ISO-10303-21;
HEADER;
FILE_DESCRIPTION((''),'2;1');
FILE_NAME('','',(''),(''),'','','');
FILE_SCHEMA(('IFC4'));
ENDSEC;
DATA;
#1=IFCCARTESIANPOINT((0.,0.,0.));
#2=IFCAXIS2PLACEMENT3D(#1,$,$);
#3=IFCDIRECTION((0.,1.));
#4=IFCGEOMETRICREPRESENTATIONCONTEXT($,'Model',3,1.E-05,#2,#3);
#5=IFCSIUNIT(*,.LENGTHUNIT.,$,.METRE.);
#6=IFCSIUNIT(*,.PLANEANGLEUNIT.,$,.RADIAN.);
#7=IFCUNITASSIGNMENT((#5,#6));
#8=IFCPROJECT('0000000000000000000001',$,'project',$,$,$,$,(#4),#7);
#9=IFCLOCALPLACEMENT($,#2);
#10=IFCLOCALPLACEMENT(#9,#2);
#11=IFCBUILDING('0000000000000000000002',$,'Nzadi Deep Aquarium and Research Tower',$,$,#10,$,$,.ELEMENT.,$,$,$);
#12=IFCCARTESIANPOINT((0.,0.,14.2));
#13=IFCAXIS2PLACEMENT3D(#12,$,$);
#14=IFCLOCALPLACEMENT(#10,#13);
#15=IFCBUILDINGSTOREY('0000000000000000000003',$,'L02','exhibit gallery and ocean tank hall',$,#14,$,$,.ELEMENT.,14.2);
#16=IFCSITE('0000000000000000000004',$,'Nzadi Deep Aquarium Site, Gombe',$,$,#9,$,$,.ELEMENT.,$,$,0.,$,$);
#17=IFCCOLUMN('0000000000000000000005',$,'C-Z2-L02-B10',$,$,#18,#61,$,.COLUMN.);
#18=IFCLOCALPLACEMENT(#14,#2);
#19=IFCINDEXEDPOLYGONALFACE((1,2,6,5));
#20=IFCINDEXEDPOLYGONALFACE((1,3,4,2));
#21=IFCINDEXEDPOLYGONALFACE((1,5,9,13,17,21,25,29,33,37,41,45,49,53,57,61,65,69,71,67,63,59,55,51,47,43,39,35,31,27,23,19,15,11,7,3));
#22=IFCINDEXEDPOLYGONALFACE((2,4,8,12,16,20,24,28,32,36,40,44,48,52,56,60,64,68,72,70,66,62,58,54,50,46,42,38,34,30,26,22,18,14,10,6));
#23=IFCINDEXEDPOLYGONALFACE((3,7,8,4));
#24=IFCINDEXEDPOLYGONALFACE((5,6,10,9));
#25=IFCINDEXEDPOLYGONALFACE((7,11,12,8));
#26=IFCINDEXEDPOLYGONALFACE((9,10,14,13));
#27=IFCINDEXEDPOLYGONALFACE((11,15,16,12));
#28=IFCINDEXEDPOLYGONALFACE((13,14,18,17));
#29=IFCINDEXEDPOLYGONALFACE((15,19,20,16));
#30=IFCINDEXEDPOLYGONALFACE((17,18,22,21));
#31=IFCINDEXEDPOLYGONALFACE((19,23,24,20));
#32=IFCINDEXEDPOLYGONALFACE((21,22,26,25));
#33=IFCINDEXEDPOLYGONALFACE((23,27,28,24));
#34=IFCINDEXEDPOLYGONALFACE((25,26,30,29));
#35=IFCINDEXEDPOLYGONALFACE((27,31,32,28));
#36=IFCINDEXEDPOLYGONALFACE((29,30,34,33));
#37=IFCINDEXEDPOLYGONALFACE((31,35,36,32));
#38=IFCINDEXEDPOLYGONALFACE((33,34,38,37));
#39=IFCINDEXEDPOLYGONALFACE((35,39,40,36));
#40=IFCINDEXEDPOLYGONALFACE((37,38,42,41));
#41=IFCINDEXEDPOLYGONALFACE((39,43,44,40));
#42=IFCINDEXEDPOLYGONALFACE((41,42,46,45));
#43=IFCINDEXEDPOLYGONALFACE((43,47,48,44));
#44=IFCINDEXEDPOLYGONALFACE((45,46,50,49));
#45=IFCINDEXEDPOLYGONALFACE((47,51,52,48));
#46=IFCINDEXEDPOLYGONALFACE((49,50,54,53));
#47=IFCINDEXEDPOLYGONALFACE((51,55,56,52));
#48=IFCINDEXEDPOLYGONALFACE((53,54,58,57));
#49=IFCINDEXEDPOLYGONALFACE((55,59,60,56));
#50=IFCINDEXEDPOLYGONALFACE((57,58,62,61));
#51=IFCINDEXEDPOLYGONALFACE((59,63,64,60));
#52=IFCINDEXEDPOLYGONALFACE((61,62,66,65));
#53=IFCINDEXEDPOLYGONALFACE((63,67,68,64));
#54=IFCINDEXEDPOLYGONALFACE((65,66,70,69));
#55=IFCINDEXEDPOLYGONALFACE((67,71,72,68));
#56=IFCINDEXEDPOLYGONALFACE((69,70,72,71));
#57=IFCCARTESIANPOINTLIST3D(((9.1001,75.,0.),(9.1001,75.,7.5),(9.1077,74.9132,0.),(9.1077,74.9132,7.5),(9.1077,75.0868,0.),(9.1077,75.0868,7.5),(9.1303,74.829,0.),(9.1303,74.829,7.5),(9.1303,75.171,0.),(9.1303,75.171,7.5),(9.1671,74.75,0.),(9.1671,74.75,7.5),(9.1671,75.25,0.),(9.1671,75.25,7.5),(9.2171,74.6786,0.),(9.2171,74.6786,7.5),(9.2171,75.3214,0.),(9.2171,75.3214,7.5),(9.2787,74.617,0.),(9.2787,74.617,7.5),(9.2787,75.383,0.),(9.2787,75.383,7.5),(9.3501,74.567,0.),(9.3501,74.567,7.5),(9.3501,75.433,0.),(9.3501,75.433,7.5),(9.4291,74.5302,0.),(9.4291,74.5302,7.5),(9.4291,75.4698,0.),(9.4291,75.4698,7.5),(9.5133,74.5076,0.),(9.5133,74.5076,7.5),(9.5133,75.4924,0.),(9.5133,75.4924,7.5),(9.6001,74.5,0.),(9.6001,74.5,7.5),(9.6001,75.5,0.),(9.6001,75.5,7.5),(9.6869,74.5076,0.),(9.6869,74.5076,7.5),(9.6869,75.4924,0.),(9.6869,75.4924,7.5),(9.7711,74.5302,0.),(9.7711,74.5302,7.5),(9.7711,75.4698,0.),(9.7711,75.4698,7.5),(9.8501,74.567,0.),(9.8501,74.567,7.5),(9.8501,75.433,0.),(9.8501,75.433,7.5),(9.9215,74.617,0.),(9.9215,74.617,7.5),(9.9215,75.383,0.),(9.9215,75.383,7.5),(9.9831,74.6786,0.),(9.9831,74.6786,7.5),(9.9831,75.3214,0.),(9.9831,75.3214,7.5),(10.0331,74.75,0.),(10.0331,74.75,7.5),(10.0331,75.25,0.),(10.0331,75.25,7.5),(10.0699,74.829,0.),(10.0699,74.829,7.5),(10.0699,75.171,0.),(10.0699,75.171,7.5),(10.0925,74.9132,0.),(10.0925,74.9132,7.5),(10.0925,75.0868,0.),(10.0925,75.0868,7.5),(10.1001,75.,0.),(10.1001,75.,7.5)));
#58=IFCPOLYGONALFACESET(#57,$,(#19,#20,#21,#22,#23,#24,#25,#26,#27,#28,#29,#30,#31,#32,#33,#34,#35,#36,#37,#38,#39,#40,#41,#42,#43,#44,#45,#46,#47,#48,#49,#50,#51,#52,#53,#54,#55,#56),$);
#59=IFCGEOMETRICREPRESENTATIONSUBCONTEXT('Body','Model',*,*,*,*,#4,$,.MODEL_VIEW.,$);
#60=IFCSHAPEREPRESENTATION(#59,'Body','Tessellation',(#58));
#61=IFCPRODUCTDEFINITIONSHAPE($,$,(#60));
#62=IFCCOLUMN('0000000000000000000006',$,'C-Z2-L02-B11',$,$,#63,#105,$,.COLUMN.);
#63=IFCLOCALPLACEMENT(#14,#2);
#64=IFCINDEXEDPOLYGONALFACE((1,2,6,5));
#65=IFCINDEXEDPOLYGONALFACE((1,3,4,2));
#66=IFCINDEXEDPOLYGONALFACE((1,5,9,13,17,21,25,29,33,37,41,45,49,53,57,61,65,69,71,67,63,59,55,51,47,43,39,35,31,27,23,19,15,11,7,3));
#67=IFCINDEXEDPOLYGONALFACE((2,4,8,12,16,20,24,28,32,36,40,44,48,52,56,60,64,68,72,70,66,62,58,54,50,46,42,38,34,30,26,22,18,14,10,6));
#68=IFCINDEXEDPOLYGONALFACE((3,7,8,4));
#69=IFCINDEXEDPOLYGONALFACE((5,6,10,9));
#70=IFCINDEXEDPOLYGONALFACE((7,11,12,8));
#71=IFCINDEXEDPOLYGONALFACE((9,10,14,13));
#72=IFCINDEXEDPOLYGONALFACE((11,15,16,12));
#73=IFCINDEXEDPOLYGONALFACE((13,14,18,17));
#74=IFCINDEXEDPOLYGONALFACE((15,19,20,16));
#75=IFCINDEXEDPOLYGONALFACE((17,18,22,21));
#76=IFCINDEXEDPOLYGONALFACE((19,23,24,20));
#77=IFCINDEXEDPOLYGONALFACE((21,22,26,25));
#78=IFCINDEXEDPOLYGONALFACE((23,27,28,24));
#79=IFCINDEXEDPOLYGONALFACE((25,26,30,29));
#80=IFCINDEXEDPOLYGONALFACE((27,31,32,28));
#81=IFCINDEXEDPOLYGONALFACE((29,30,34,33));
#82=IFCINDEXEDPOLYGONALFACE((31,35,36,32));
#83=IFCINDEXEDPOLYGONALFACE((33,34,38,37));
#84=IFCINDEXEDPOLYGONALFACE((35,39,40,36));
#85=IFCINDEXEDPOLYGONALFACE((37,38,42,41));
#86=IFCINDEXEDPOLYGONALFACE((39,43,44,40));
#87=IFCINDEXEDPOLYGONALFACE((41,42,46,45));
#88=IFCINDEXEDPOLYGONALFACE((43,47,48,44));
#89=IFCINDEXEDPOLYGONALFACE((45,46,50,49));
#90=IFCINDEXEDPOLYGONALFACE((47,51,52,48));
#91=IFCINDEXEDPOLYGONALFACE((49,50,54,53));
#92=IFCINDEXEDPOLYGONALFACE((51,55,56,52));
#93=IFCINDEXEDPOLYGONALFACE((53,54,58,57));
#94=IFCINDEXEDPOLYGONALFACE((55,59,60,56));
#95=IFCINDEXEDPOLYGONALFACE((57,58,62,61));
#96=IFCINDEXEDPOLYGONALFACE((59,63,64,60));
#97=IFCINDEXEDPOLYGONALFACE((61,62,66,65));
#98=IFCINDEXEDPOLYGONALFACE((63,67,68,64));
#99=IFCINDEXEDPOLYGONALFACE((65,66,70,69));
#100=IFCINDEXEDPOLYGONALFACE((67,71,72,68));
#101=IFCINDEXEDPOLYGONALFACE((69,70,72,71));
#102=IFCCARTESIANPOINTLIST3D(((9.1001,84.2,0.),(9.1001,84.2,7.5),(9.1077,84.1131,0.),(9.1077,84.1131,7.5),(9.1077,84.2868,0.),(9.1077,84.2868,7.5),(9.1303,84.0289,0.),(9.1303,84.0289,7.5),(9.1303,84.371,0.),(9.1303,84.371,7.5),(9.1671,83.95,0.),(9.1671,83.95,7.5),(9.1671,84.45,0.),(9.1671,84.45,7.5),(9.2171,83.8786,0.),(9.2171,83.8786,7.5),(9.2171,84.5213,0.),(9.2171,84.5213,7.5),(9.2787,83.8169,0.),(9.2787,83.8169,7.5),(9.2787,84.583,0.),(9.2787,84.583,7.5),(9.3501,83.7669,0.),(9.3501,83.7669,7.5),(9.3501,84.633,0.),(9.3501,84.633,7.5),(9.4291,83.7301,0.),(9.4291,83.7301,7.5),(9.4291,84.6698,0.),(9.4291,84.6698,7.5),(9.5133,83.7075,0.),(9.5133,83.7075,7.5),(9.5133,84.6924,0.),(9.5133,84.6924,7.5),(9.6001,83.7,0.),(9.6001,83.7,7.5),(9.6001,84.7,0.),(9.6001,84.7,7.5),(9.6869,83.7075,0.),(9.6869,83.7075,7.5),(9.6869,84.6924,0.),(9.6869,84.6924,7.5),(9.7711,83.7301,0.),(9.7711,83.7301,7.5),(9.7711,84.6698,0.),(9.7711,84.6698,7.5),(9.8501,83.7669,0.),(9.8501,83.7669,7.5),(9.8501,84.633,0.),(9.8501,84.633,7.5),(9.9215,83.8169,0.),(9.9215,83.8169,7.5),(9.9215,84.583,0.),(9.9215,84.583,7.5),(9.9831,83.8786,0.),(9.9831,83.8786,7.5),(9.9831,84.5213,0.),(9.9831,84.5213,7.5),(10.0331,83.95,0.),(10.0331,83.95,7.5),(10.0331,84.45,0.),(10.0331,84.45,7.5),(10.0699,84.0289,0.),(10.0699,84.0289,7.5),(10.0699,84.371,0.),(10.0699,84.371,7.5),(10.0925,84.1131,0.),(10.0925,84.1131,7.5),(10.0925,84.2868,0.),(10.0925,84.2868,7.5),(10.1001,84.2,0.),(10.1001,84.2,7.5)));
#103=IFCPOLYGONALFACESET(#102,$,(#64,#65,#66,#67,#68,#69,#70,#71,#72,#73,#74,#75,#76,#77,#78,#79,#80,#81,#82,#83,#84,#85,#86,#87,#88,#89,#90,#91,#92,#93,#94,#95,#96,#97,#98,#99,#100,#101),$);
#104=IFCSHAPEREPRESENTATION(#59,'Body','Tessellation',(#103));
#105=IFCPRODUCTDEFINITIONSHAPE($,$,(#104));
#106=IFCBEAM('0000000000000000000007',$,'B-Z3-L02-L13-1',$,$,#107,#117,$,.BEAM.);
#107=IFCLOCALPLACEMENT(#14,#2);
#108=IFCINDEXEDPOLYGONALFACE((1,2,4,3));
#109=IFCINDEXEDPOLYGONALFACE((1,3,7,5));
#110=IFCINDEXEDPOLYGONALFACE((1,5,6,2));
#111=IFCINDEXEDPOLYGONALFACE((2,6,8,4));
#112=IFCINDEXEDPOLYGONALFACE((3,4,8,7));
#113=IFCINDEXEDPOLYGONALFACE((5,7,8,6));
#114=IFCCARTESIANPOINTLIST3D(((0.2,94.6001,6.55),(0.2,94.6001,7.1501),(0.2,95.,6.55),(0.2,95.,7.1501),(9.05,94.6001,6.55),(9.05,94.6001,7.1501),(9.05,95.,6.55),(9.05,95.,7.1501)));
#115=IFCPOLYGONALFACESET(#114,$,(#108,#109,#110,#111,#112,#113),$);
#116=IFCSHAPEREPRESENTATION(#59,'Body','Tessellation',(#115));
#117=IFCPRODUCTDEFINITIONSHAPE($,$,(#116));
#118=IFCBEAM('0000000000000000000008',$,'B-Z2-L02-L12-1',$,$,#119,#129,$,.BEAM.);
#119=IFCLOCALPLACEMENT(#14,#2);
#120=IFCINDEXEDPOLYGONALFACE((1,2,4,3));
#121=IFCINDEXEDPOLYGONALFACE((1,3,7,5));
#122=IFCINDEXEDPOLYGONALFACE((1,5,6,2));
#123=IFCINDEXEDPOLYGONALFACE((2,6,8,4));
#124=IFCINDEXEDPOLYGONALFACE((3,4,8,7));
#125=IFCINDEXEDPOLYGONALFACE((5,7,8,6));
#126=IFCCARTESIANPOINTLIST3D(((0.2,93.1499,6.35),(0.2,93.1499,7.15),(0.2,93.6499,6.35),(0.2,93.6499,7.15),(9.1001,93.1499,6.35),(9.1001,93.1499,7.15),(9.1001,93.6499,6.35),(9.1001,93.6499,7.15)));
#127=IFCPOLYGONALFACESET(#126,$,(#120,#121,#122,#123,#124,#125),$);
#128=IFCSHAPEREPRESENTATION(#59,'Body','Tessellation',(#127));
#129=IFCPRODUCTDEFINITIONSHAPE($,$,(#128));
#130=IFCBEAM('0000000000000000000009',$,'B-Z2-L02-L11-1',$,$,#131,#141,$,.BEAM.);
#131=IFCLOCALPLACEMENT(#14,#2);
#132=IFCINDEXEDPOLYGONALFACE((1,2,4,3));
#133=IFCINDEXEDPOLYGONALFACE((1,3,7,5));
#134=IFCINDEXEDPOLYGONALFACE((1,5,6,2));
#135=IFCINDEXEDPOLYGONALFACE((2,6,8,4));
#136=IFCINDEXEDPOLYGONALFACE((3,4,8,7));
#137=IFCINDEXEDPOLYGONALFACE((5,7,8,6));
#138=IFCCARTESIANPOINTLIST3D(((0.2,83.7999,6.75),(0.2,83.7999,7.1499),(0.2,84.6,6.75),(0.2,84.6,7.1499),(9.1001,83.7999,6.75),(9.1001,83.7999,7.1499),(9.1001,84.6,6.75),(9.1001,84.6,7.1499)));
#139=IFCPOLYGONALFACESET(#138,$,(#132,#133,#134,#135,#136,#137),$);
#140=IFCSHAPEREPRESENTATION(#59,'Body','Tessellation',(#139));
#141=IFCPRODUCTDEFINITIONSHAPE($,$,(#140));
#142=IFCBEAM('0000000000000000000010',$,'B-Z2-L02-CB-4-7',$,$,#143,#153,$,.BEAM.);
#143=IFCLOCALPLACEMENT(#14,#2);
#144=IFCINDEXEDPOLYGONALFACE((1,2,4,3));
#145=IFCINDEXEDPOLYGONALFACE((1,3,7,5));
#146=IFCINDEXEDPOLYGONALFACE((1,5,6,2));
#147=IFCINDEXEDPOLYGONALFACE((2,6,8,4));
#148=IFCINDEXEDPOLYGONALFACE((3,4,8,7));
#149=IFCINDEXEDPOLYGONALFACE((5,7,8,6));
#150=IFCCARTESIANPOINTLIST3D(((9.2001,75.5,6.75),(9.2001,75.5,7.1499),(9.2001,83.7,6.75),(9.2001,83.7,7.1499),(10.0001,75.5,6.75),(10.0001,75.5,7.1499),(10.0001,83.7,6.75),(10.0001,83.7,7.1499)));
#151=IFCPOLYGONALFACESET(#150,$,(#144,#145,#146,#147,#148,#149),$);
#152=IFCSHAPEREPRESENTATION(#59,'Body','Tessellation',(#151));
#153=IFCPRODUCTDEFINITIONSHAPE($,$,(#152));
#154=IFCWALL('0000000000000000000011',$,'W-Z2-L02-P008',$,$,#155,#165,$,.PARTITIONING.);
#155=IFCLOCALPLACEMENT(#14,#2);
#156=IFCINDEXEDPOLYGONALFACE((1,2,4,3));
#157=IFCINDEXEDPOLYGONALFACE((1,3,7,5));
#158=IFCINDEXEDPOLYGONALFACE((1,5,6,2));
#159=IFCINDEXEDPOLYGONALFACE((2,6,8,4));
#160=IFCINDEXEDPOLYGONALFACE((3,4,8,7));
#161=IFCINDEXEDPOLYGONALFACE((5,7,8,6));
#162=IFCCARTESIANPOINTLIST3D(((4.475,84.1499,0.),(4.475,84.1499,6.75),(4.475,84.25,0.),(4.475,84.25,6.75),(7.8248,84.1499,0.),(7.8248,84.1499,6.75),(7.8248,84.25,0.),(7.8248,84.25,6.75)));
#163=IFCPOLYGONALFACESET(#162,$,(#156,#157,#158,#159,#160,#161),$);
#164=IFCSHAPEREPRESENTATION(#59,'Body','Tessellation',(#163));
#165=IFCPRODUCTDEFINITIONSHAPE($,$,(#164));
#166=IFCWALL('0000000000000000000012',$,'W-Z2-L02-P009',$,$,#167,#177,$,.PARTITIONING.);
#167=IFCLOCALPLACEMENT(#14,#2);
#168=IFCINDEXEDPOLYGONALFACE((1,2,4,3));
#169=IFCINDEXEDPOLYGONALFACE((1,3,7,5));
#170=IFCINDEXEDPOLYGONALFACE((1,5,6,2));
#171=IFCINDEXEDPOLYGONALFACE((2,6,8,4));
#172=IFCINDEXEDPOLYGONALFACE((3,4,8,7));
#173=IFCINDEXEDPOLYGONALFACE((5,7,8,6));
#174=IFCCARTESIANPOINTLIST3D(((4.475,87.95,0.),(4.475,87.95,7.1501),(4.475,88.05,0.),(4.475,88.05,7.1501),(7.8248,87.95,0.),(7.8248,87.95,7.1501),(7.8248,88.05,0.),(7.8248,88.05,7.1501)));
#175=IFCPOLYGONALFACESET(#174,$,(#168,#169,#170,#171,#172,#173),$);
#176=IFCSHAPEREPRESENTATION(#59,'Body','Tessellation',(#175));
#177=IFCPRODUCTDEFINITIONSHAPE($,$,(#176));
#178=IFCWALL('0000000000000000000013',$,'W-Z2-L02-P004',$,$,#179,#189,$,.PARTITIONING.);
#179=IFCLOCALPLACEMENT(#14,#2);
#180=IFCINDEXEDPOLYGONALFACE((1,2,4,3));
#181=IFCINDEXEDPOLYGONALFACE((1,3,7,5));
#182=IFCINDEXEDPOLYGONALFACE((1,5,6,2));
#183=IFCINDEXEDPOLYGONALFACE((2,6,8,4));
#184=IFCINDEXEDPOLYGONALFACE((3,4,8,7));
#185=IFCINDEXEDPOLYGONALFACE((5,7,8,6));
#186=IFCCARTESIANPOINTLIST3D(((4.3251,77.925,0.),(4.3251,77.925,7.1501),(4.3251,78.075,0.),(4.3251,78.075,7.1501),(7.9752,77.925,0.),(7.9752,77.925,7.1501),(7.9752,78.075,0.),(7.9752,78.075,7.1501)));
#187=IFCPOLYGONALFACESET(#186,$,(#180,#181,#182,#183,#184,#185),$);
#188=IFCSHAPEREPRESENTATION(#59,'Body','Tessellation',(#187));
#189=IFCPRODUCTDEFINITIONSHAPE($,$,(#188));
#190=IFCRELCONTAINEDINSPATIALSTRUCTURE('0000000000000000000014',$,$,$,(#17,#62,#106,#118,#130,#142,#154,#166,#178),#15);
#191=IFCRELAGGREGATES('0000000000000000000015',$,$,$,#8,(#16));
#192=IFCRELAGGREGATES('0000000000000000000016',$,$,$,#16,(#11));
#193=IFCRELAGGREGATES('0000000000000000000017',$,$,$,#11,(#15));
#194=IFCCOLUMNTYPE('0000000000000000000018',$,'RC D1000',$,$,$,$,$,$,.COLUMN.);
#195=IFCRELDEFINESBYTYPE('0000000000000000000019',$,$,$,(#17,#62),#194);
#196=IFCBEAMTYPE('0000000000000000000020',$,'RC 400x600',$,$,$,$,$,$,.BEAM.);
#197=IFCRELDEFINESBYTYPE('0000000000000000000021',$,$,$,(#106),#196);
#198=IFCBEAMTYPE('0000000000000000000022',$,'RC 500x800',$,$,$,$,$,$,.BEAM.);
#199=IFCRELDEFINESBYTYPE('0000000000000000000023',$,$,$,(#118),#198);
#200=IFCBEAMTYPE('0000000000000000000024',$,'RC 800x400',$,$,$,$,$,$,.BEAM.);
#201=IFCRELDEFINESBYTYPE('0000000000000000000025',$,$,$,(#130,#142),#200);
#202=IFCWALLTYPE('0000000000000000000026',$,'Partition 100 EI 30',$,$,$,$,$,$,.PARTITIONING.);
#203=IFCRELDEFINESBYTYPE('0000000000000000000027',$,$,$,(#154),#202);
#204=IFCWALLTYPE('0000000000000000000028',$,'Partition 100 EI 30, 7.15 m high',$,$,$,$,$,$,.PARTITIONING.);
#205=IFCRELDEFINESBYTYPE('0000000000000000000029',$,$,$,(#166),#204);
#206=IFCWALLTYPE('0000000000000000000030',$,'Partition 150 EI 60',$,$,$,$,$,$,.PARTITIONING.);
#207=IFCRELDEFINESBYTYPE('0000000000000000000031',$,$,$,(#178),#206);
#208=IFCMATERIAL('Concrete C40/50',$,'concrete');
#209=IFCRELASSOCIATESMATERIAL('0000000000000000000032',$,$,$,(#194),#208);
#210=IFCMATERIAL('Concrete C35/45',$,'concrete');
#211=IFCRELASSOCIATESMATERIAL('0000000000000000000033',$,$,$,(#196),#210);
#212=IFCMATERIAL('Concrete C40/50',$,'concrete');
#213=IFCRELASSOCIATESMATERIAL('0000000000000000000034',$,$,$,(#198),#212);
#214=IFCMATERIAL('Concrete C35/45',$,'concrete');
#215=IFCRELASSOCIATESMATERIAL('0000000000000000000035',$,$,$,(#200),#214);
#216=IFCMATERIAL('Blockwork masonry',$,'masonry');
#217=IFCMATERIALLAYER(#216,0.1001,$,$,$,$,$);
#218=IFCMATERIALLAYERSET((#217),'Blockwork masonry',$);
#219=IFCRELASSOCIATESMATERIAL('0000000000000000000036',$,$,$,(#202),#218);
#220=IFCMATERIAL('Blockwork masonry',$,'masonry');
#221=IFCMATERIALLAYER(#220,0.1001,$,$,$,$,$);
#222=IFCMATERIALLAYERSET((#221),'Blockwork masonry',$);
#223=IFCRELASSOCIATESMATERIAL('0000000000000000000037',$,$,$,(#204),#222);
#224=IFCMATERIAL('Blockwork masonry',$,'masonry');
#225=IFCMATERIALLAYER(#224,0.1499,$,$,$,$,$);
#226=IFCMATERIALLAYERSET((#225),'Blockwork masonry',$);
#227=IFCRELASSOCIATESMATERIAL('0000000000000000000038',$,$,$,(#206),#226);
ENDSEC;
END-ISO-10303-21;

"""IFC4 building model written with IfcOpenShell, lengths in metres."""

from ifc_helpers import new_model, si_unit, direction, frame, frame_2d, origin, origin_2d, place, context, subcontext, project, spatial, rectangle, circle, extrude, material, layer, layer_set, material_profile, profile_set, type_object, element, save


model = new_model("IFC4")

# Units and contexts
model_context = context("Model", 3, precision=1e-05, world=origin(), true_north=direction((0.0, 1.0)))
body_context = subcontext(model_context, "Body", "Model", "MODEL_VIEW")
ifc_project = project(units=[si_unit("LENGTHUNIT", "METRE"), si_unit("PLANEANGLEUNIT", "RADIAN")], contexts=[model_context])

# Site, building, storey
site_placement = place(None, origin())
site = spatial("IfcSite", under=ifc_project, at=site_placement, Name="Nzadi Deep Aquarium Site, Gombe", CompositionType="ELEMENT", RefElevation=0.0)
building_placement = place(site_placement, origin())
building = spatial("IfcBuilding", under=site, at=building_placement, Name="Nzadi Deep Aquarium and Research Tower", CompositionType="ELEMENT")
storey_placement = place(building_placement, frame((0.0, 0.0, 14.2)))
storey = spatial("IfcBuildingStorey", under=building, at=storey_placement, Name="L02", Description="exhibit gallery and ocean tank hall", CompositionType="ELEMENT", Elevation=14.2)

# Columns
ifc_material_1 = material(Name="Concrete C40/50", Category="concrete")
ifc_material_profile_1 = material_profile(ifc_material_1, circle(Radius=0.5, at=origin_2d()))
ifc_profile_set_1 = profile_set([ifc_material_profile_1], Name="Concrete C40/50")
column_type = type_object("IfcColumnType", Name="RC D1000", PredefinedType="COLUMN", material=ifc_profile_set_1)
for number, where, z_axis, x_axis, name in (
    (1, (9.6001, 75.0, 0.0), (0.0, 0.0, 1.0), (1.0, 0.0, 0.0), "C-Z2-L02-B10"),
    (2, (9.6001, 84.2, 0.0), (0.0, 0.0, 1.0), (1.0, 0.0, 0.0), "C-Z2-L02-B11"),
):
    element("IfcColumn", number, at=place(storey_placement, frame(where, z_axis=z_axis, x_axis=x_axis)), inside=storey, type_object=column_type, Name=name, PredefinedType="COLUMN", context=body_context, shape_type="SweptSolid", body=[
        extrude(circle(Radius=0.5, at=origin_2d()), origin(), (0.0, 0.0, 1.0), 7.5),
    ])

# Beams
ifc_material_2 = material(Name="Concrete C35/45", Category="concrete")
ifc_material_profile_2 = material_profile(ifc_material_2, rectangle(XDim=0.3999, YDim=0.6001, at=origin_2d()))
ifc_profile_set_2 = profile_set([ifc_material_profile_2], Name="Concrete C35/45")
beam_type_1 = type_object("IfcBeamType", Name="RC 400x600", PredefinedType="BEAM", material=ifc_profile_set_2)
beam_1_placement = place(storey_placement, frame((0.2, 94.8, 6.8501), z_axis=(1.0, 0.0, 0.0), x_axis=(0.0, 1.0, 0.0)))
element("IfcBeam", 3, at=beam_1_placement, inside=storey, type_object=beam_type_1, Name="B-Z3-L02-L13-1", PredefinedType="BEAM", context=body_context, shape_type="SweptSolid", body=[
    extrude(rectangle(XDim=0.3999, YDim=0.6001, at=origin_2d()), origin(), (0.0, 0.0, 1.0), 8.8501),
])
ifc_material_3 = material(Name="Concrete C40/50", Category="concrete")
ifc_material_profile_3 = material_profile(ifc_material_3, rectangle(XDim=0.5, YDim=0.8, at=origin_2d()))
ifc_profile_set_3 = profile_set([ifc_material_profile_3], Name="Concrete C40/50")
beam_type_2 = type_object("IfcBeamType", Name="RC 500x800", PredefinedType="BEAM", material=ifc_profile_set_3)
beam_2_placement = place(storey_placement, frame((0.2, 93.3999, 6.75), z_axis=(1.0, 0.0, 0.0), x_axis=(0.0, 1.0, 0.0)))
element("IfcBeam", 4, at=beam_2_placement, inside=storey, type_object=beam_type_2, Name="B-Z2-L02-L12-1", PredefinedType="BEAM", context=body_context, shape_type="SweptSolid", body=[
    extrude(rectangle(XDim=0.5, YDim=0.8, at=origin_2d()), origin(), (0.0, 0.0, 1.0), 8.9001),
])
ifc_material_4 = material(Name="Concrete C35/45", Category="concrete")
ifc_material_profile_4 = material_profile(ifc_material_4, rectangle(XDim=0.8, YDim=0.3999, at=origin_2d()))
ifc_profile_set_4 = profile_set([ifc_material_profile_4], Name="Concrete C35/45")
beam_type_3 = type_object("IfcBeamType", Name="RC 800x400", PredefinedType="BEAM", material=ifc_profile_set_4)
beam_3_placement = place(storey_placement, frame((0.2, 84.2, 6.95), z_axis=(1.0, 0.0, 0.0), x_axis=(0.0, 1.0, 0.0)))
element("IfcBeam", 5, at=beam_3_placement, inside=storey, type_object=beam_type_3, Name="B-Z2-L02-L11-1", PredefinedType="BEAM", context=body_context, shape_type="SweptSolid", body=[
    extrude(rectangle(XDim=0.8, YDim=0.3999, at=origin_2d()), origin(), (0.0, 0.0, 1.0), 8.9001),
])
beam_4_placement = place(storey_placement, frame((9.6001, 75.5, 6.95), z_axis=(0.0, 1.0, 0.0), x_axis=(-1.0, 0.0, 0.0)))
element("IfcBeam", 6, at=beam_4_placement, inside=storey, type_object=beam_type_3, Name="B-Z2-L02-CB-4-7", PredefinedType="BEAM", context=body_context, shape_type="SweptSolid", body=[
    extrude(rectangle(XDim=0.8, YDim=0.3999, at=origin_2d()), origin(), (0.0, 0.0, 1.0), 8.2),
])

# Walls
ifc_material_5 = material(Name="Blockwork masonry", Category="masonry")
ifc_layer_1 = layer(ifc_material_5, 0.1001)
ifc_layer_set_1 = layer_set([ifc_layer_1], Name="Blockwork masonry")
wall_type_1 = type_object("IfcWallType", Name="Partition 100 EI 30", PredefinedType="PARTITIONING", material=ifc_layer_set_1)
wall_1_placement = place(storey_placement, frame((4.4751, 84.2, 0.0), z_axis=(0.0, 0.0, 1.0), x_axis=(1.0, 0.0, 0.0)))
element("IfcWall", 7, at=wall_1_placement, inside=storey, type_object=wall_type_1, Name="W-Z2-L02-P008", PredefinedType="PARTITIONING", context=body_context, shape_type="SweptSolid", body=[
    extrude(rectangle(XDim=3.3499, YDim=0.1001, at=frame_2d((1.6748, 0.0))), origin(), (0.0, 0.0, 1.0), 6.75),
])
ifc_material_6 = material(Name="Blockwork masonry", Category="masonry")
ifc_layer_2 = layer(ifc_material_6, 0.1001)
ifc_layer_set_2 = layer_set([ifc_layer_2], Name="Blockwork masonry")
wall_type_2 = type_object("IfcWallType", Name="Partition 100 EI 30, 7.15 m high", PredefinedType="PARTITIONING", material=ifc_layer_set_2)
wall_2_placement = place(storey_placement, frame((4.4751, 88.0, 0.0), z_axis=(0.0, 0.0, 1.0), x_axis=(1.0, 0.0, 0.0)))
element("IfcWall", 8, at=wall_2_placement, inside=storey, type_object=wall_type_2, Name="W-Z2-L02-P009", PredefinedType="PARTITIONING", context=body_context, shape_type="SweptSolid", body=[
    extrude(rectangle(XDim=3.3499, YDim=0.1001, at=frame_2d((1.6748, 0.0))), origin(), (0.0, 0.0, 1.0), 7.1501),
])
ifc_material_7 = material(Name="Blockwork masonry", Category="masonry")
ifc_layer_3 = layer(ifc_material_7, 0.1499)
ifc_layer_set_3 = layer_set([ifc_layer_3], Name="Blockwork masonry")
wall_type_3 = type_object("IfcWallType", Name="Partition 150 EI 60", PredefinedType="PARTITIONING", material=ifc_layer_set_3)
wall_3_placement = place(storey_placement, frame((4.325, 78.0, 0.0), z_axis=(0.0, 0.0, 1.0), x_axis=(1.0, 0.0, 0.0)))
element("IfcWall", 9, at=wall_3_placement, inside=storey, type_object=wall_type_3, Name="W-Z2-L02-P004", PredefinedType="PARTITIONING", context=body_context, shape_type="SweptSolid", body=[
    extrude(rectangle(XDim=3.6501, YDim=0.1499, at=frame_2d((1.8252, 0.0))), origin(), (0.0, 0.0, 1.0), 7.1501),
])

save(model, "model.ifc")
